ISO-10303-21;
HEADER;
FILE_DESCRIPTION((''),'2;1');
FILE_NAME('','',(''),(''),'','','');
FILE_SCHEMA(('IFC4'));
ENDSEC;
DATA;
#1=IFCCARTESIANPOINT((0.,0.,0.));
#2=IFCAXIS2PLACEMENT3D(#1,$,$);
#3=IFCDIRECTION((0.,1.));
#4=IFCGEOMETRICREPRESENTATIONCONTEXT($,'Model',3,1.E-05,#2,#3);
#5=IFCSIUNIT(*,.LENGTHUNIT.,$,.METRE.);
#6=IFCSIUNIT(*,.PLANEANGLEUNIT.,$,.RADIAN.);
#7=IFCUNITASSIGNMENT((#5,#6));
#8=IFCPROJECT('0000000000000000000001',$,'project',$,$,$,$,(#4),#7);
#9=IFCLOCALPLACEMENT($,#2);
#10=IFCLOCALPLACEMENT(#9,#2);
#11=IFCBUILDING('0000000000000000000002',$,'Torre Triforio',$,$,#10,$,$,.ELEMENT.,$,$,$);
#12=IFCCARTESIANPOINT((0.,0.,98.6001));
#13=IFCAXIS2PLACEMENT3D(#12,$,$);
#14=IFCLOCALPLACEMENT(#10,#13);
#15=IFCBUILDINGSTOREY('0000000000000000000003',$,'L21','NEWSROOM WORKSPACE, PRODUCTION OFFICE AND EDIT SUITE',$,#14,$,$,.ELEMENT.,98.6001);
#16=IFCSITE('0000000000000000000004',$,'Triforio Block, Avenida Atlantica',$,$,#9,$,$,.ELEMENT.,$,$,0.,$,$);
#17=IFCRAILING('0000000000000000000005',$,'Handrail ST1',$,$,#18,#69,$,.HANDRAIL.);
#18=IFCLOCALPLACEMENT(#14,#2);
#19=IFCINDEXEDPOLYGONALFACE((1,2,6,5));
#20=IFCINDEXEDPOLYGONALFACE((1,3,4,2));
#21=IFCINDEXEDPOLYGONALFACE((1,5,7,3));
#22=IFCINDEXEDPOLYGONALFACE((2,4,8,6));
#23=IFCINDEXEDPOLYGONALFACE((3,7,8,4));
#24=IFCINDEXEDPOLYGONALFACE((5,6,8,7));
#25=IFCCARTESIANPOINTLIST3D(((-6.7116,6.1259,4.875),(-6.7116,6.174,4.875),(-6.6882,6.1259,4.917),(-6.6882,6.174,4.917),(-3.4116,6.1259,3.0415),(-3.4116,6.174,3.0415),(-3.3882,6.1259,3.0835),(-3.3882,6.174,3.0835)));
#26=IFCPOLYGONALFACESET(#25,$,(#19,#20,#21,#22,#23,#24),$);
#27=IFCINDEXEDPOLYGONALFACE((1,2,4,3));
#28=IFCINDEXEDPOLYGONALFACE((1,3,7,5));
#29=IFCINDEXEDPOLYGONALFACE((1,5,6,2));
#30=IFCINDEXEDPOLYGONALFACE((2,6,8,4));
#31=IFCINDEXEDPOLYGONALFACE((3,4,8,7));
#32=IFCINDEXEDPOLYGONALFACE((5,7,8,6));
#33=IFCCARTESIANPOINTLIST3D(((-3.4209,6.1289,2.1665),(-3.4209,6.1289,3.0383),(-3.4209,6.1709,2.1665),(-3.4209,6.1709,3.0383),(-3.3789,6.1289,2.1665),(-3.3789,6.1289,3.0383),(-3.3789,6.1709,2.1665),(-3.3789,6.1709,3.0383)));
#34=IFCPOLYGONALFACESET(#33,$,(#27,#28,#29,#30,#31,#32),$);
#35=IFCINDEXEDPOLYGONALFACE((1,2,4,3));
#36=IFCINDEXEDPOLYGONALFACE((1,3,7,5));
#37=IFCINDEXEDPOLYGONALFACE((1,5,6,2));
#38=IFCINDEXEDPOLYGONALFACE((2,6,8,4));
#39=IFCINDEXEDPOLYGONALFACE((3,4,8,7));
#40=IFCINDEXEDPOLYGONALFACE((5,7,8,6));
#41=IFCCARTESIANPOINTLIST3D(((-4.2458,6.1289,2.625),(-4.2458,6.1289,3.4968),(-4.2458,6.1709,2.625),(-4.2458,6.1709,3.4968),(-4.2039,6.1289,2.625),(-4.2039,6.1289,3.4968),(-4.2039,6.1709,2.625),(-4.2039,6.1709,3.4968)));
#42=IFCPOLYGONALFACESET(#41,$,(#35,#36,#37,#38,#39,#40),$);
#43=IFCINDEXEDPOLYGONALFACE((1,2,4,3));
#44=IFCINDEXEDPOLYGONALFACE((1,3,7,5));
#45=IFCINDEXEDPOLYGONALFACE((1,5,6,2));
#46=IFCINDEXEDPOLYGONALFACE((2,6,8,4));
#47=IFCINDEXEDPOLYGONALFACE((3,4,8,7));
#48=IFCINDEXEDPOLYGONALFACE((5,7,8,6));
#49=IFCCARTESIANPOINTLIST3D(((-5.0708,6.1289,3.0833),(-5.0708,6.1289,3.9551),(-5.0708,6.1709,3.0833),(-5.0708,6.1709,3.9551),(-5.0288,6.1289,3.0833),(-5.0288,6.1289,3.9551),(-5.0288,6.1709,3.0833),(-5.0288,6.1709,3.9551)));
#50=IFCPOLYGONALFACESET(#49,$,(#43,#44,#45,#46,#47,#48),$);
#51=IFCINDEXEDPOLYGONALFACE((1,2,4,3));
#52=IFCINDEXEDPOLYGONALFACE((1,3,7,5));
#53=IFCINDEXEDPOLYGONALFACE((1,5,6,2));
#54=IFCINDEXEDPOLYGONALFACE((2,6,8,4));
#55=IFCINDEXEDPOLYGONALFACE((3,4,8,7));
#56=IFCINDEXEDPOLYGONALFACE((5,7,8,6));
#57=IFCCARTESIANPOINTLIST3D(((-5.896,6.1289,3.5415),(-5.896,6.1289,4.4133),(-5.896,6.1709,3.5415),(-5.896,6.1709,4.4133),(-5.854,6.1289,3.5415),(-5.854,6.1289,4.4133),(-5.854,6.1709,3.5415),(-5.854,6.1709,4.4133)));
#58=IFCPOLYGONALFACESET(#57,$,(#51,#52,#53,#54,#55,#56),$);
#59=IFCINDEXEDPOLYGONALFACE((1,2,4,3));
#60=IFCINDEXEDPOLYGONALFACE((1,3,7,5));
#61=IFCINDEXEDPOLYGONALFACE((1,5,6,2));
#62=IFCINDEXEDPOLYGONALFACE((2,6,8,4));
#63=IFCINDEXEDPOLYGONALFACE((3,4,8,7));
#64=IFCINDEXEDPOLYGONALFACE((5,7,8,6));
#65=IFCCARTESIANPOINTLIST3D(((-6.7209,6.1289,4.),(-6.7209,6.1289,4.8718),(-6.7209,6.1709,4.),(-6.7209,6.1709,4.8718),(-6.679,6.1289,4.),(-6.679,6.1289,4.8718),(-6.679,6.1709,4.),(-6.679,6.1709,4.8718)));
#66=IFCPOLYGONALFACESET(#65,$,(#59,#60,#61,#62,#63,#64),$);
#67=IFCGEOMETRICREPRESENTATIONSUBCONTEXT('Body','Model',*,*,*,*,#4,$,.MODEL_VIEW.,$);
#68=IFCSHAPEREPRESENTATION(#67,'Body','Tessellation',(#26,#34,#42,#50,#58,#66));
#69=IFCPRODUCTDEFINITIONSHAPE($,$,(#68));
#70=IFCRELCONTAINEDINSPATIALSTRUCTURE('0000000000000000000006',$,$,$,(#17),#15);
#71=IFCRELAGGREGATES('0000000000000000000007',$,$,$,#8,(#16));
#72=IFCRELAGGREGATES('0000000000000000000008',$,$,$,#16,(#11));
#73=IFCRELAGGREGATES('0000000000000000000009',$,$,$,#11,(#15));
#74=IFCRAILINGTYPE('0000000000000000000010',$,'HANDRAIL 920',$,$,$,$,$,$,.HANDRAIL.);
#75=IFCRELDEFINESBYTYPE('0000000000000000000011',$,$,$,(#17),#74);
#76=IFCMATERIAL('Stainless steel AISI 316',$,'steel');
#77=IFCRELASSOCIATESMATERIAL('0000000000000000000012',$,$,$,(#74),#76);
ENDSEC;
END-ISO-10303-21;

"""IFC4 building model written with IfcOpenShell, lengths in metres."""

from ifc_helpers import new_model, si_unit, direction, frame, origin, origin_2d, place, context, subcontext, project, spatial, rectangle, extrude, material, type_object, element, save


model = new_model("IFC4")

# Units and contexts
model_context = context("Model", 3, precision=1e-05, world=origin(), true_north=direction((0.0, 1.0)))
body_context = subcontext(model_context, "Body", "Model", "MODEL_VIEW")
ifc_project = project(units=[si_unit("LENGTHUNIT", "METRE"), si_unit("PLANEANGLEUNIT", "RADIAN")], contexts=[model_context])

# Site, building, storey
site_placement = place(None, origin())
site = spatial("IfcSite", under=ifc_project, at=site_placement, Name="Triforio Block, Avenida Atlantica", CompositionType="ELEMENT", RefElevation=0.0)
building_placement = place(site_placement, origin())
building = spatial("IfcBuilding", under=site, at=building_placement, Name="Torre Triforio", CompositionType="ELEMENT")
storey_placement = place(building_placement, frame((0.0, 0.0, 98.6001)))
storey = spatial("IfcBuildingStorey", under=building, at=storey_placement, Name="L21", Description="NEWSROOM WORKSPACE, PRODUCTION OFFICE AND EDIT SUITE", CompositionType="ELEMENT", Elevation=98.6001)

# Railing
ifc_material_1 = material(Name="Stainless steel AISI 316", Category="steel")
railing_type = type_object("IfcRailingType", Name="HANDRAIL 920", PredefinedType="HANDRAIL", material=ifc_material_1)
for number, where, name in (
    (1, (-3.3999, 6.1499, 2.1665), "Handrail ST1"),
):
    element("IfcRailing", number, at=place(storey_placement, frame(where)), inside=storey, type_object=railing_type, Name=name, PredefinedType="HANDRAIL", context=body_context, shape_type="SweptSolid", body=[
        extrude(rectangle(XDim=0.0481, YDim=0.0481, at=origin_2d()), frame((0.0, 0.0, 0.896), z_axis=(-0.874142, 0.0, 0.48567), x_axis=(0.0, -1.0, 0.0)), (0.0, 0.0, 1.0), 3.7751),
        extrude(rectangle(XDim=0.042, YDim=0.042, at=origin_2d()), origin(), (0.0, 0.0, 1.0), 0.8718),
        extrude(rectangle(XDim=0.042, YDim=0.042, at=origin_2d()), frame((-0.825, 0.0, 0.4585)), (0.0, 0.0, 1.0), 0.8718),
        extrude(rectangle(XDim=0.042, YDim=0.042, at=origin_2d()), frame((-1.6499, 0.0, 0.9167)), (0.0, 0.0, 1.0), 0.8718),
        extrude(rectangle(XDim=0.042, YDim=0.042, at=origin_2d()), frame((-2.4751, 0.0, 1.375)), (0.0, 0.0, 1.0), 0.8718),
        extrude(rectangle(XDim=0.042, YDim=0.042, at=origin_2d()), frame((-3.3, 0.0, 1.8335)), (0.0, 0.0, 1.0), 0.8718),
    ])

save(model, "model.ifc")
